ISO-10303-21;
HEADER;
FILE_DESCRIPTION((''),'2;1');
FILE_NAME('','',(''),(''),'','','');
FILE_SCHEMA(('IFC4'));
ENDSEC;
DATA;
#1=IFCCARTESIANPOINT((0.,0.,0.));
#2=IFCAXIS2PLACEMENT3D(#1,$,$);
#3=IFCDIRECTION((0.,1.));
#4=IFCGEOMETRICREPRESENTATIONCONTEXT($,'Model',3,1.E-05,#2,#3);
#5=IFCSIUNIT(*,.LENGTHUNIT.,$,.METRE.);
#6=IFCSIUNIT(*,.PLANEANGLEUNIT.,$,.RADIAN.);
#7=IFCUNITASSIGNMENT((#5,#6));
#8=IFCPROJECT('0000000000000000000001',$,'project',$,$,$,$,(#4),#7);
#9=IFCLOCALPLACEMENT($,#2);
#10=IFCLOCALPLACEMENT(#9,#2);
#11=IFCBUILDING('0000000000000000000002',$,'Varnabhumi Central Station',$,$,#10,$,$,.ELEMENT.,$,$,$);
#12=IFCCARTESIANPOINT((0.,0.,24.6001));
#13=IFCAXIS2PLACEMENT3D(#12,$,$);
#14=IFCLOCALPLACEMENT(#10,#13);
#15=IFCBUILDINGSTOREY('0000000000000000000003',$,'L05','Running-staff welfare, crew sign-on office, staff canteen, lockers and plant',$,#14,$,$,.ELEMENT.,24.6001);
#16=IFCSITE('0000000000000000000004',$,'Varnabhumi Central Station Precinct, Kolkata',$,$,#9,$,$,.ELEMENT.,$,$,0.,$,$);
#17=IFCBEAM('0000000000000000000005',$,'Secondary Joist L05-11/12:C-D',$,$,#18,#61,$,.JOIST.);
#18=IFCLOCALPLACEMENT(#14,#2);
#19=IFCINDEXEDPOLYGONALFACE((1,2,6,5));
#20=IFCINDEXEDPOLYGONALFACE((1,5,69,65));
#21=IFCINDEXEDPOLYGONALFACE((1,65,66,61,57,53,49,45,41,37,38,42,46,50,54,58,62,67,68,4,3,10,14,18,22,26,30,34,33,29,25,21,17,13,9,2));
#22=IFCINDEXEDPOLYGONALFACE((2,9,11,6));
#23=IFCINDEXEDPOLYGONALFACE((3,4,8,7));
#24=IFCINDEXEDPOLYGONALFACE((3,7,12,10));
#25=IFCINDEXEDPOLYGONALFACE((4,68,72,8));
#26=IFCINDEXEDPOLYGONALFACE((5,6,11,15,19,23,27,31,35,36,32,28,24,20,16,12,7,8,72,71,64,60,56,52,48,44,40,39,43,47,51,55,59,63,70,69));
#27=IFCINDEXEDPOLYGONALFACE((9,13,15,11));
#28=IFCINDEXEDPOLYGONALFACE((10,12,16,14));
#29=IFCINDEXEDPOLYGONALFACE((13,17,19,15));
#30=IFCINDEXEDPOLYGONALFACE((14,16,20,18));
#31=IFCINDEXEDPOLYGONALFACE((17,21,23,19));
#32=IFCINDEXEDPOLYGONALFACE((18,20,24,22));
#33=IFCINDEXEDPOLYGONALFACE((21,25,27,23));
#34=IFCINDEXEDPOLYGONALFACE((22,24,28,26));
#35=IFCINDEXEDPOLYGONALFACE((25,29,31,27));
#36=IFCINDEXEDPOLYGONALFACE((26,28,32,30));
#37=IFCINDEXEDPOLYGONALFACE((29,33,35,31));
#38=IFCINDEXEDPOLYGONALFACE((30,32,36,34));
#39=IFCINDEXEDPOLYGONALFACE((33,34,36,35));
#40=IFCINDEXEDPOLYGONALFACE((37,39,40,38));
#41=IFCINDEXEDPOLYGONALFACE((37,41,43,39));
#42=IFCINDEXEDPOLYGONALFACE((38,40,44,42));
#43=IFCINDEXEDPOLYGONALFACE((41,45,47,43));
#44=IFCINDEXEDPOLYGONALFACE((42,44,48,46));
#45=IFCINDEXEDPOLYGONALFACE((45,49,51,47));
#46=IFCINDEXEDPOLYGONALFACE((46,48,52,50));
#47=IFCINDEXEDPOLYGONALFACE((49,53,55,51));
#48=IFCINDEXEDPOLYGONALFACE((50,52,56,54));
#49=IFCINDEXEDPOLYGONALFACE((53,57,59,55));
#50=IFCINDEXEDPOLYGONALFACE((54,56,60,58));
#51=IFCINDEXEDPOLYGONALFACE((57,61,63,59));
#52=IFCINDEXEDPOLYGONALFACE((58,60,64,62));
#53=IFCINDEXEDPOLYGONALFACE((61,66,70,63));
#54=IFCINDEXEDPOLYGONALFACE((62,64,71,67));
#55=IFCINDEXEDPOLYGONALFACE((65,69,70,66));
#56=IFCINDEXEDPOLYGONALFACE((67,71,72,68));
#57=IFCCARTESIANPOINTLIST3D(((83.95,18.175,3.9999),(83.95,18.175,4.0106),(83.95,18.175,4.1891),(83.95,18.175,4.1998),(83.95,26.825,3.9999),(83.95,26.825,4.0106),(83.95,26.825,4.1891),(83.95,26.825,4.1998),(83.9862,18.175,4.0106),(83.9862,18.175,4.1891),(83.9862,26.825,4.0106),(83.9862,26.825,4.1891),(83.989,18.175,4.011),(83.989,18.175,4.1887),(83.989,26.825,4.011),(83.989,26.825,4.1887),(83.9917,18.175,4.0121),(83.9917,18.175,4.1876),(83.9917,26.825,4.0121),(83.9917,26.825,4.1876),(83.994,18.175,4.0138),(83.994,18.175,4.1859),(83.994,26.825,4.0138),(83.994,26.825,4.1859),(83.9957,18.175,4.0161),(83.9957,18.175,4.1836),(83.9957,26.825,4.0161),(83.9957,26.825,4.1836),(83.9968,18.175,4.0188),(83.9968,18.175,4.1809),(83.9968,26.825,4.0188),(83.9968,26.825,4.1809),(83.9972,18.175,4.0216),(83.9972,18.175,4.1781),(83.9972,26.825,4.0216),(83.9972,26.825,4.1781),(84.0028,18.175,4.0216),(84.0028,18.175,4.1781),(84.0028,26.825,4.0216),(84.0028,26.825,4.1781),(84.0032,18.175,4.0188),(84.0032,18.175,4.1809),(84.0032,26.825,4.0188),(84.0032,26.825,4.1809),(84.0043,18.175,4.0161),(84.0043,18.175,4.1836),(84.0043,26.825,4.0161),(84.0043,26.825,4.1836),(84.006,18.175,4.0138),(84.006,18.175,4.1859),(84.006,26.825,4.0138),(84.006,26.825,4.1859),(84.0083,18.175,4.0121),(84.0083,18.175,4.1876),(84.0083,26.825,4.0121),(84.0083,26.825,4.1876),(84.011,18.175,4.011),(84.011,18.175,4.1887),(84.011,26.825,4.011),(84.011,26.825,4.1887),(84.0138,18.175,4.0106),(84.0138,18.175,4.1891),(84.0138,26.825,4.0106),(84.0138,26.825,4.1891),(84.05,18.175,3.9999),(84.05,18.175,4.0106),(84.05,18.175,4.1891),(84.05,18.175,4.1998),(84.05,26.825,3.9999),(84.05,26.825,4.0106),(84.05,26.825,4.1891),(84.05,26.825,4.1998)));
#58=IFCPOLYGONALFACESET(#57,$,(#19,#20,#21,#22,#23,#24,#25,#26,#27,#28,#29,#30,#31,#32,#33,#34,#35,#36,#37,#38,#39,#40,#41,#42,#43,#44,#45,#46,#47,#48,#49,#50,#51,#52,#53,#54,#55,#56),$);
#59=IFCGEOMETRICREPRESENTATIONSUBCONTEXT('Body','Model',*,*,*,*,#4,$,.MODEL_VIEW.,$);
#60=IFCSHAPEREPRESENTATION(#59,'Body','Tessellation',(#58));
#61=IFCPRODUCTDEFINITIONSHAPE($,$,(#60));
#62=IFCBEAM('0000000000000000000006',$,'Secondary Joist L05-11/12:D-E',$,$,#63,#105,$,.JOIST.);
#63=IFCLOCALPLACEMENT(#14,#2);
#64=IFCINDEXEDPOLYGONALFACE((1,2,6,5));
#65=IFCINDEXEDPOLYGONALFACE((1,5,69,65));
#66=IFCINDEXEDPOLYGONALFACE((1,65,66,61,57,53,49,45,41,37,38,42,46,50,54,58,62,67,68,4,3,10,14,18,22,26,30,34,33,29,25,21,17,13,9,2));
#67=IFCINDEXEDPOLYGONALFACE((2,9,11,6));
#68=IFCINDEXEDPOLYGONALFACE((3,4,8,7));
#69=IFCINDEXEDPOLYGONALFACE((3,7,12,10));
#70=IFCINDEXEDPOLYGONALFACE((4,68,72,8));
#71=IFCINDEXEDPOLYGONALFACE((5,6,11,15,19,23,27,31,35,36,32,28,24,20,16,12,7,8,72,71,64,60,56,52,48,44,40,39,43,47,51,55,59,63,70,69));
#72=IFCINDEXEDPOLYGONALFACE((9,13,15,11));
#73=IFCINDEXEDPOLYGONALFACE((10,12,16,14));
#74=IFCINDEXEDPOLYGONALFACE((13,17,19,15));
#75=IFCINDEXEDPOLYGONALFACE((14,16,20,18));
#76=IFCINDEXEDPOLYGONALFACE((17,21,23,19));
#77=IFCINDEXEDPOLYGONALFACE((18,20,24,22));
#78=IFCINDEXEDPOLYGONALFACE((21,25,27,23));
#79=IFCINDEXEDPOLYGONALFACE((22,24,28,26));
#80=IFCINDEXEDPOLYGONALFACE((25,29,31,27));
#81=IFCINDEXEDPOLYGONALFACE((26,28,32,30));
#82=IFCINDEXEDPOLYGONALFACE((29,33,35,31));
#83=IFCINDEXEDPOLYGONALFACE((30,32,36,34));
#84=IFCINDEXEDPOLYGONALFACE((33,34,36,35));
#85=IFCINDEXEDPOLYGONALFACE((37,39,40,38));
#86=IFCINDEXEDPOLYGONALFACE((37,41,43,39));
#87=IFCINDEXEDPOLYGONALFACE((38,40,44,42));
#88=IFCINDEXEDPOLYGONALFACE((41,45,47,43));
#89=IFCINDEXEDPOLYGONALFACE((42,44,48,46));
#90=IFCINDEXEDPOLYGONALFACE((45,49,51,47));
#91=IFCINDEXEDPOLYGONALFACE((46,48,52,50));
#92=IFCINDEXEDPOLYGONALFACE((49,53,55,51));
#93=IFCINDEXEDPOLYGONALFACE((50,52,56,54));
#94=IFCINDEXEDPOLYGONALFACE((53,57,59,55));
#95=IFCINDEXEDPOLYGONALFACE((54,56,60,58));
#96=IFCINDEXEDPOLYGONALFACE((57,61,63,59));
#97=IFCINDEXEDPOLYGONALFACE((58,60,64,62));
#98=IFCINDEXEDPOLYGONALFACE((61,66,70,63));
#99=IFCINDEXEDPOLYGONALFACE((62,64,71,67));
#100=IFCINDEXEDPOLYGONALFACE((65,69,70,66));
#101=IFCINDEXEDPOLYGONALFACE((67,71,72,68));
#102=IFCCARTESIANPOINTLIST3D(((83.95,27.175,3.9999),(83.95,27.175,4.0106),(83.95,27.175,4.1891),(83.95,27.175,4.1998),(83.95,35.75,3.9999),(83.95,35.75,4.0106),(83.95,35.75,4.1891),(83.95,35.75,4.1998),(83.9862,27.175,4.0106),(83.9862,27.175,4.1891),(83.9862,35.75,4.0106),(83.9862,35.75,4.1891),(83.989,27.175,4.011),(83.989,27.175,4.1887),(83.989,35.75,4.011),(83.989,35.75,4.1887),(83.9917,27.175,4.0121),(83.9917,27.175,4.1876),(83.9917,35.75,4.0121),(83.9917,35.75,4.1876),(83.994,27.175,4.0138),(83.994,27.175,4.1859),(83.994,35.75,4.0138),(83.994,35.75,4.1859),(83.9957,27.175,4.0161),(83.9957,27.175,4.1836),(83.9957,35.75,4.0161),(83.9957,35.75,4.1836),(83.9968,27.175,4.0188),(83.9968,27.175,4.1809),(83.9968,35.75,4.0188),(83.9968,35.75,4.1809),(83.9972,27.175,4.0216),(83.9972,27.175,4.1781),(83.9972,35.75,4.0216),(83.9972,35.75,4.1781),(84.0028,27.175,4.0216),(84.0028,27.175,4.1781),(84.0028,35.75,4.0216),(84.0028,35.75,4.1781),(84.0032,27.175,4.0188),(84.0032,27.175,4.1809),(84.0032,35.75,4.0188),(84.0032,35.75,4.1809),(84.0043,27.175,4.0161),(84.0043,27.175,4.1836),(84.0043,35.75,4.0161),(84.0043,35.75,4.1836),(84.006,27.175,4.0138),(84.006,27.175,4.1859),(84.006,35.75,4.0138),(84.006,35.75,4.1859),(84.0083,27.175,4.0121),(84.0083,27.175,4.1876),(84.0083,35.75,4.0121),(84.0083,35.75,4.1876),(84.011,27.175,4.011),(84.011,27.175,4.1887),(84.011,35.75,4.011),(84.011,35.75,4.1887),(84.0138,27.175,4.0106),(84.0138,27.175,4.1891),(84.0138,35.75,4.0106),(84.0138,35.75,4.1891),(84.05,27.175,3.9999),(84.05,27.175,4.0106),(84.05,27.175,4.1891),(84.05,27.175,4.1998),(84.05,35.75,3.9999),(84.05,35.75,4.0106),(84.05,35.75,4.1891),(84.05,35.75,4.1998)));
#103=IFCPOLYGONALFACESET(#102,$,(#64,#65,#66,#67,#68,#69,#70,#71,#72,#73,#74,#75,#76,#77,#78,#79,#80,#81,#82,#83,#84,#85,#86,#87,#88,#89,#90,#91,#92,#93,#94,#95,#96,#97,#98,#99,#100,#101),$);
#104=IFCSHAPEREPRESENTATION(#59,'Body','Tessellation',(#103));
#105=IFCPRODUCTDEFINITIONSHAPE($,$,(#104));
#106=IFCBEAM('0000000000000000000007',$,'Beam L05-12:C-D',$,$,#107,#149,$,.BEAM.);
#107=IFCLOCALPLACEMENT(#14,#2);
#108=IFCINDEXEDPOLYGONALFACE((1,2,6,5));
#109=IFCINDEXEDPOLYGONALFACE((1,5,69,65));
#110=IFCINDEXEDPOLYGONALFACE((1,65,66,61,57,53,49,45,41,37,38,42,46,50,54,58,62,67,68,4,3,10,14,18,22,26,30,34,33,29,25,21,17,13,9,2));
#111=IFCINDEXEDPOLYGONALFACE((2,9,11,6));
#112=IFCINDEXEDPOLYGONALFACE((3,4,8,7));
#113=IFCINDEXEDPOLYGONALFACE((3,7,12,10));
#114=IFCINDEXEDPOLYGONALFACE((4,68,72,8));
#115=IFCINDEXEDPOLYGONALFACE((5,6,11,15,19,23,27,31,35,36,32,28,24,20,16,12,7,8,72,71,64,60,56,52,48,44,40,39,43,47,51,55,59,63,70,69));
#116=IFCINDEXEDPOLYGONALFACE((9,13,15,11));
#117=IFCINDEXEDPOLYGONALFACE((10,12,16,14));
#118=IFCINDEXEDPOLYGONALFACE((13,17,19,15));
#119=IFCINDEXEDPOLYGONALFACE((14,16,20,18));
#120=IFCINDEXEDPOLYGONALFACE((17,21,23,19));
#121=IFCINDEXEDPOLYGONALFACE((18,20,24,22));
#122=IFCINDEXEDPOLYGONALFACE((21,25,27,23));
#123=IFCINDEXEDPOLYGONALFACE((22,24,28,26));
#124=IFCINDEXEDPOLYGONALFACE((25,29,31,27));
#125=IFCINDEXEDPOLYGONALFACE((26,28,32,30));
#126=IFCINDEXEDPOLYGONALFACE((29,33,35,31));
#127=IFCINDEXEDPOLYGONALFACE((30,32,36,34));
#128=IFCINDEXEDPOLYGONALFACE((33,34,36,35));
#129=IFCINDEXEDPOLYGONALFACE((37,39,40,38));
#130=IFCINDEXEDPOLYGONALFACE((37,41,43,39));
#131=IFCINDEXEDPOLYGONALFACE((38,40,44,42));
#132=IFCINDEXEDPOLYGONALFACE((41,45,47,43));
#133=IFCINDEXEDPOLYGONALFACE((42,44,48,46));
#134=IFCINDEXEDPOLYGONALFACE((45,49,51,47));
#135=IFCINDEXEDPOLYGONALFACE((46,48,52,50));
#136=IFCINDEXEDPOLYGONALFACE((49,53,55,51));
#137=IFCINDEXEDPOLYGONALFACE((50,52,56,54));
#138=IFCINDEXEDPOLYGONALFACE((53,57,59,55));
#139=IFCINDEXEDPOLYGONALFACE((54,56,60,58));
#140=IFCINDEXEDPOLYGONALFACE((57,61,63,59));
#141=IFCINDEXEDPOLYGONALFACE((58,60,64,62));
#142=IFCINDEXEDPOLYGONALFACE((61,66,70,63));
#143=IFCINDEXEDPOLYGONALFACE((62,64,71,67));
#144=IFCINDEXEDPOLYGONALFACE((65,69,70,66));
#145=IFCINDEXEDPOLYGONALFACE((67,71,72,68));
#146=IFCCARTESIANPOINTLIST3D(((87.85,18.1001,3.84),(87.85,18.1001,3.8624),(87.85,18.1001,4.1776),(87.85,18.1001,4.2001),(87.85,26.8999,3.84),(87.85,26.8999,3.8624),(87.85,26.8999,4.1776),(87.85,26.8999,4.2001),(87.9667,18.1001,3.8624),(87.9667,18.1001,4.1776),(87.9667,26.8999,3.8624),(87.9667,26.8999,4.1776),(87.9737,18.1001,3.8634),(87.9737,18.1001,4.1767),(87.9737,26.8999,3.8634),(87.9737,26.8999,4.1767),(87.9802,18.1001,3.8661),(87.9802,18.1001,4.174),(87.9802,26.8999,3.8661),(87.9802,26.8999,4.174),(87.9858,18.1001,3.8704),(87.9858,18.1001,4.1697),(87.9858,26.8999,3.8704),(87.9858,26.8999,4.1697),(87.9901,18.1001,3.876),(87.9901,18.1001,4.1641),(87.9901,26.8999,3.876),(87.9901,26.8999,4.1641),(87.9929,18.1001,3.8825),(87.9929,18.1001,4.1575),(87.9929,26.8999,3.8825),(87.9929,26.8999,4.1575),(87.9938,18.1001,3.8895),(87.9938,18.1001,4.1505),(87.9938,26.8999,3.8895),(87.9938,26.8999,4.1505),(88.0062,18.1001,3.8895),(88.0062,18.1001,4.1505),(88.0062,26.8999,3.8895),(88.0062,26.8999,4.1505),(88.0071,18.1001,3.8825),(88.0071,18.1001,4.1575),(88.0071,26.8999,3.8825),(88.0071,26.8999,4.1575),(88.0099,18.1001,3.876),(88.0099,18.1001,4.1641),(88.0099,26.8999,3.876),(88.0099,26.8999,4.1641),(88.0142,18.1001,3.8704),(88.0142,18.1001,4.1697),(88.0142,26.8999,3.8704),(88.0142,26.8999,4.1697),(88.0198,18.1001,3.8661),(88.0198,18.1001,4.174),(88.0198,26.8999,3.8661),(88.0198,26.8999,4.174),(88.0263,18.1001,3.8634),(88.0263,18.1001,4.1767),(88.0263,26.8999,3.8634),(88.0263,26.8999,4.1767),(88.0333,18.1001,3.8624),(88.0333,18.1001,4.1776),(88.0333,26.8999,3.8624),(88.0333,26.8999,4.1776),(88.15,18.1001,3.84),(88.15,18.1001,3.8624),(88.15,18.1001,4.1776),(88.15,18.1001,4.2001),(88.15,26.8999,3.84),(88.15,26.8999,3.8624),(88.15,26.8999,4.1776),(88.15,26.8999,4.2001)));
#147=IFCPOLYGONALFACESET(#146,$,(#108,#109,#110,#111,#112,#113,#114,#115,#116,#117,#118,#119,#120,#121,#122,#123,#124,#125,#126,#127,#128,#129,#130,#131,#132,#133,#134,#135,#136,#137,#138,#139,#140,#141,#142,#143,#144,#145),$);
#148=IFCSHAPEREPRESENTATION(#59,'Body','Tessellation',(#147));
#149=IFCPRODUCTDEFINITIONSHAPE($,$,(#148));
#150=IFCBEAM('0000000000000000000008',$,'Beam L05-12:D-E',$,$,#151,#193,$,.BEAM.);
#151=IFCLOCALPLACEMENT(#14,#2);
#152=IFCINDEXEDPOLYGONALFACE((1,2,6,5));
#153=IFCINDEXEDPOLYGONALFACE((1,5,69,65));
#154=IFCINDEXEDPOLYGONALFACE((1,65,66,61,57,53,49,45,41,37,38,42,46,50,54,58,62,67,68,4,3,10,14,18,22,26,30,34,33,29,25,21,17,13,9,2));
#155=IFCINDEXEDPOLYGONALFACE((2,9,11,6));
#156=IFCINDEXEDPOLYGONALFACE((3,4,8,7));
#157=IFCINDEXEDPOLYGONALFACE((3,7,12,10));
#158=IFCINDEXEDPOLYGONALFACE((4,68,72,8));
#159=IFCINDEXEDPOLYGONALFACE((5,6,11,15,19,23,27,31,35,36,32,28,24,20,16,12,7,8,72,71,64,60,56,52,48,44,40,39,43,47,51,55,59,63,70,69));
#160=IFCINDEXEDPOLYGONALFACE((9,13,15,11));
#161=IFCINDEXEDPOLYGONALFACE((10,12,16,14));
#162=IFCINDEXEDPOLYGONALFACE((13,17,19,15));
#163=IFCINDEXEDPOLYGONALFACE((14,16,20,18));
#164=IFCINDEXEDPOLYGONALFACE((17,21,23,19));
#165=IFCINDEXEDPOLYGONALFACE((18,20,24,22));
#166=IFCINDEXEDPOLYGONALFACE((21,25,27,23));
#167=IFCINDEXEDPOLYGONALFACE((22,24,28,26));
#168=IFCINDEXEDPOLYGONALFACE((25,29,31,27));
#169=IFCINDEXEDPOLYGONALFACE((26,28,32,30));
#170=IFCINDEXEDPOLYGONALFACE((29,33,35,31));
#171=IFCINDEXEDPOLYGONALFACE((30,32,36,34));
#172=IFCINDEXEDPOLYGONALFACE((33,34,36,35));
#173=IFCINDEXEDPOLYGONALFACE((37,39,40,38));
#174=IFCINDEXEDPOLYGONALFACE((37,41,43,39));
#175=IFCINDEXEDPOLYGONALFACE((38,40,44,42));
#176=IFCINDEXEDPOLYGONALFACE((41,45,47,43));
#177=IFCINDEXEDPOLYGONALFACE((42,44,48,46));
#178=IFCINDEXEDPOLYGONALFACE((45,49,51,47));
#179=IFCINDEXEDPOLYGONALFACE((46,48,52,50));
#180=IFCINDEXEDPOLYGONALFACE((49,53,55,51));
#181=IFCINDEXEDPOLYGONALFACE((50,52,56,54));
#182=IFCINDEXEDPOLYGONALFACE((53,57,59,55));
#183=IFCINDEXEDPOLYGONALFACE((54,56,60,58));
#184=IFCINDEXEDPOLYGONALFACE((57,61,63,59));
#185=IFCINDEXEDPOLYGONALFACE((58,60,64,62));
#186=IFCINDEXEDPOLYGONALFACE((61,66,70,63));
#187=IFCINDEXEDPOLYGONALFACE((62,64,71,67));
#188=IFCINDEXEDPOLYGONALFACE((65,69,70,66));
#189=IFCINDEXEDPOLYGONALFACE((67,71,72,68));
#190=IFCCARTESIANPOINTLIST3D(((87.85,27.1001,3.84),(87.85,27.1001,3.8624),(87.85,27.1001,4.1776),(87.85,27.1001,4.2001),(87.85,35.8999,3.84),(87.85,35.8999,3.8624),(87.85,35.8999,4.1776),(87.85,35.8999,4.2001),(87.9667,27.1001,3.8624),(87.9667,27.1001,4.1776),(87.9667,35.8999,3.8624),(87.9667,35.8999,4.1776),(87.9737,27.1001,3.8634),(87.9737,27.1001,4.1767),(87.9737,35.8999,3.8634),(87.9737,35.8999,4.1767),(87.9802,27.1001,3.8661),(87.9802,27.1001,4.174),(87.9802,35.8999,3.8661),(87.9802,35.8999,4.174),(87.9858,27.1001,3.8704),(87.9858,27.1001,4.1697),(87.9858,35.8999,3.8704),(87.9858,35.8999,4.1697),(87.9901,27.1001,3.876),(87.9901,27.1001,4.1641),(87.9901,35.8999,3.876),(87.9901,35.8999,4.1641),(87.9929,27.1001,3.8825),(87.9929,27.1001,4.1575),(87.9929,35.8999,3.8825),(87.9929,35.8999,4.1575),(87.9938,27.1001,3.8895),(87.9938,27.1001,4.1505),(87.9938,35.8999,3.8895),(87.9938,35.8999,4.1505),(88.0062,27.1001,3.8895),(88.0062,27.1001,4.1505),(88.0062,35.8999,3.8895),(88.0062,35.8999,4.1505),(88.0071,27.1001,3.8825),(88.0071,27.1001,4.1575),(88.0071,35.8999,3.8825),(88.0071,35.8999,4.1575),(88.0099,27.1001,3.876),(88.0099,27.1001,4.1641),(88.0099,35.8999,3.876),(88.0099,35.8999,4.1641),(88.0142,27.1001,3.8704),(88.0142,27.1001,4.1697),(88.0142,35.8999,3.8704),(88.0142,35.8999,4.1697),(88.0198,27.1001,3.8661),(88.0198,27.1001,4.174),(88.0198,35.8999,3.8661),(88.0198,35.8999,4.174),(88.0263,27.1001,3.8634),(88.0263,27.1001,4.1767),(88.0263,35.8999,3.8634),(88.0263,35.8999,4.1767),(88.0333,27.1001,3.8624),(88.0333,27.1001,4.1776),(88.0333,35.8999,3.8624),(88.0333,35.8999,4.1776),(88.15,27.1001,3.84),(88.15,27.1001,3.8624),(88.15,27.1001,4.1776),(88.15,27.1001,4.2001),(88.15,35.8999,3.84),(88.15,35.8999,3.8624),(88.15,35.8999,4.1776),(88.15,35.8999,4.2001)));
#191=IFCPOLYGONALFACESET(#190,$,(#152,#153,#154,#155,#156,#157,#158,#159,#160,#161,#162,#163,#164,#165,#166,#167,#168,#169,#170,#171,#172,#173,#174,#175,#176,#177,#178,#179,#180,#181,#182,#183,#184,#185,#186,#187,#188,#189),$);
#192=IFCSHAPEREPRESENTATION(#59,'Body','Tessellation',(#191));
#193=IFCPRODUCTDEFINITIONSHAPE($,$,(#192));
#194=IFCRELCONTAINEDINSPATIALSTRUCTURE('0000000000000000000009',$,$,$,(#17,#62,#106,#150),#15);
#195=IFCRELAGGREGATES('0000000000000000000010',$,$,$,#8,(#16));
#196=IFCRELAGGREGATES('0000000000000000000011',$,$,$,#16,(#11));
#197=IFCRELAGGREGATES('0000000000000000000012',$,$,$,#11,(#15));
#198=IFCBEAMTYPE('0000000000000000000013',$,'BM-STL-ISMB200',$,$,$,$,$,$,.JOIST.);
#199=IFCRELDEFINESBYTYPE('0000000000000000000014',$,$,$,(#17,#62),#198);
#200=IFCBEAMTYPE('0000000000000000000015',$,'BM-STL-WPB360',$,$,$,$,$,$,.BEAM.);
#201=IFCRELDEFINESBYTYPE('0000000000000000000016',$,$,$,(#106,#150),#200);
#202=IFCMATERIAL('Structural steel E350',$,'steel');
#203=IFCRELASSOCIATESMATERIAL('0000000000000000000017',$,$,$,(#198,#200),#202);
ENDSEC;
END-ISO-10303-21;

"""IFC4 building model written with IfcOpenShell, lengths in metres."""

from ifc_helpers import new_model, si_unit, direction, frame, origin, origin_2d, place, context, subcontext, project, spatial, i_section, extrude, material, material_profile, profile_set, type_object, element, save


model = new_model("IFC4")

# Units and contexts
model_context = context("Model", 3, precision=1e-05, world=origin(), true_north=direction((0.0, 1.0)))
body_context = subcontext(model_context, "Body", "Model", "MODEL_VIEW")
ifc_project = project(units=[si_unit("LENGTHUNIT", "METRE"), si_unit("PLANEANGLEUNIT", "RADIAN")], contexts=[model_context])

# Site, building, storey
site_placement = place(None, origin())
site = spatial("IfcSite", under=ifc_project, at=site_placement, Name="Varnabhumi Central Station Precinct, Kolkata", CompositionType="ELEMENT", RefElevation=0.0)
building_placement = place(site_placement, origin())
building = spatial("IfcBuilding", under=site, at=building_placement, Name="Varnabhumi Central Station", CompositionType="ELEMENT")
storey_placement = place(building_placement, frame((0.0, 0.0, 24.6001)))
storey = spatial("IfcBuildingStorey", under=building, at=storey_placement, Name="L05", Description="Running-staff welfare, crew sign-on office, staff canteen, lockers and plant", CompositionType="ELEMENT", Elevation=24.6001)

# Shared definitions
ifc_material_1 = material(Name="Structural steel E350", Category="steel")

# Beams
ifc_material_profile_1 = material_profile(ifc_material_1, i_section(OverallWidth=0.1001, OverallDepth=0.2, WebThickness=0.0056, FlangeThickness=0.0107, FilletRadius=0.011, at=origin_2d()), Name="Structural steel E350", Category="steel")
ifc_profile_set_1 = profile_set([ifc_material_profile_1], Name="Structural steel E350")
beam_type_1 = type_object("IfcBeamType", Name="BM-STL-ISMB200", PredefinedType="JOIST", material=ifc_profile_set_1)
beam_1_placement = place(storey_placement, frame((84.0, 18.175, 4.0999), z_axis=(0.0, 1.0, 0.0), x_axis=(-1.0, 0.0, 0.0)))
element("IfcBeam", 1, at=beam_1_placement, inside=storey, type_object=beam_type_1, Name="Secondary Joist L05-11/12:C-D", PredefinedType="JOIST", context=body_context, shape_type="SweptSolid", body=[
    extrude(i_section(OverallWidth=0.1001, OverallDepth=0.2, WebThickness=0.0056, FlangeThickness=0.0107, FilletRadius=0.011, at=origin_2d()), origin(), (0.0, 0.0, 1.0), 8.6499),
])
beam_2_placement = place(storey_placement, frame((84.0, 27.175, 4.0999), z_axis=(0.0, 1.0, 0.0), x_axis=(-1.0, 0.0, 0.0)))
element("IfcBeam", 2, at=beam_2_placement, inside=storey, type_object=beam_type_1, Name="Secondary Joist L05-11/12:D-E", PredefinedType="JOIST", context=body_context, shape_type="SweptSolid", body=[
    extrude(i_section(OverallWidth=0.1001, OverallDepth=0.2, WebThickness=0.0056, FlangeThickness=0.0107, FilletRadius=0.011, at=origin_2d()), origin(), (0.0, 0.0, 1.0), 8.575),
])
ifc_material_profile_2 = material_profile(ifc_material_1, i_section(OverallWidth=0.3, OverallDepth=0.3601, WebThickness=0.0125, FlangeThickness=0.0225, FilletRadius=0.0271, at=origin_2d()), Name="Structural steel E350", Category="steel")
ifc_profile_set_2 = profile_set([ifc_material_profile_2], Name="Structural steel E350")
beam_type_2 = type_object("IfcBeamType", Name="BM-STL-WPB360", PredefinedType="BEAM", material=ifc_profile_set_2)
for number, where, z_axis, x_axis, name in (
    (3, (88.0, 18.1001, 4.02), (0.0, 1.0, 0.0), (-1.0, 0.0, 0.0), "Beam L05-12:C-D"),
    (4, (88.0, 27.1001, 4.02), (0.0, 1.0, 0.0), (-1.0, 0.0, 0.0), "Beam L05-12:D-E"),
):
    element("IfcBeam", number, at=place(storey_placement, frame(where, z_axis=z_axis, x_axis=x_axis)), inside=storey, type_object=beam_type_2, Name=name, PredefinedType="BEAM", context=body_context, shape_type="SweptSolid", body=[
        extrude(i_section(OverallWidth=0.3, OverallDepth=0.3601, WebThickness=0.0125, FlangeThickness=0.0225, FilletRadius=0.0271, at=origin_2d()), origin(), (0.0, 0.0, 1.0), 8.7998),
    ])

save(model, "model.ifc")
